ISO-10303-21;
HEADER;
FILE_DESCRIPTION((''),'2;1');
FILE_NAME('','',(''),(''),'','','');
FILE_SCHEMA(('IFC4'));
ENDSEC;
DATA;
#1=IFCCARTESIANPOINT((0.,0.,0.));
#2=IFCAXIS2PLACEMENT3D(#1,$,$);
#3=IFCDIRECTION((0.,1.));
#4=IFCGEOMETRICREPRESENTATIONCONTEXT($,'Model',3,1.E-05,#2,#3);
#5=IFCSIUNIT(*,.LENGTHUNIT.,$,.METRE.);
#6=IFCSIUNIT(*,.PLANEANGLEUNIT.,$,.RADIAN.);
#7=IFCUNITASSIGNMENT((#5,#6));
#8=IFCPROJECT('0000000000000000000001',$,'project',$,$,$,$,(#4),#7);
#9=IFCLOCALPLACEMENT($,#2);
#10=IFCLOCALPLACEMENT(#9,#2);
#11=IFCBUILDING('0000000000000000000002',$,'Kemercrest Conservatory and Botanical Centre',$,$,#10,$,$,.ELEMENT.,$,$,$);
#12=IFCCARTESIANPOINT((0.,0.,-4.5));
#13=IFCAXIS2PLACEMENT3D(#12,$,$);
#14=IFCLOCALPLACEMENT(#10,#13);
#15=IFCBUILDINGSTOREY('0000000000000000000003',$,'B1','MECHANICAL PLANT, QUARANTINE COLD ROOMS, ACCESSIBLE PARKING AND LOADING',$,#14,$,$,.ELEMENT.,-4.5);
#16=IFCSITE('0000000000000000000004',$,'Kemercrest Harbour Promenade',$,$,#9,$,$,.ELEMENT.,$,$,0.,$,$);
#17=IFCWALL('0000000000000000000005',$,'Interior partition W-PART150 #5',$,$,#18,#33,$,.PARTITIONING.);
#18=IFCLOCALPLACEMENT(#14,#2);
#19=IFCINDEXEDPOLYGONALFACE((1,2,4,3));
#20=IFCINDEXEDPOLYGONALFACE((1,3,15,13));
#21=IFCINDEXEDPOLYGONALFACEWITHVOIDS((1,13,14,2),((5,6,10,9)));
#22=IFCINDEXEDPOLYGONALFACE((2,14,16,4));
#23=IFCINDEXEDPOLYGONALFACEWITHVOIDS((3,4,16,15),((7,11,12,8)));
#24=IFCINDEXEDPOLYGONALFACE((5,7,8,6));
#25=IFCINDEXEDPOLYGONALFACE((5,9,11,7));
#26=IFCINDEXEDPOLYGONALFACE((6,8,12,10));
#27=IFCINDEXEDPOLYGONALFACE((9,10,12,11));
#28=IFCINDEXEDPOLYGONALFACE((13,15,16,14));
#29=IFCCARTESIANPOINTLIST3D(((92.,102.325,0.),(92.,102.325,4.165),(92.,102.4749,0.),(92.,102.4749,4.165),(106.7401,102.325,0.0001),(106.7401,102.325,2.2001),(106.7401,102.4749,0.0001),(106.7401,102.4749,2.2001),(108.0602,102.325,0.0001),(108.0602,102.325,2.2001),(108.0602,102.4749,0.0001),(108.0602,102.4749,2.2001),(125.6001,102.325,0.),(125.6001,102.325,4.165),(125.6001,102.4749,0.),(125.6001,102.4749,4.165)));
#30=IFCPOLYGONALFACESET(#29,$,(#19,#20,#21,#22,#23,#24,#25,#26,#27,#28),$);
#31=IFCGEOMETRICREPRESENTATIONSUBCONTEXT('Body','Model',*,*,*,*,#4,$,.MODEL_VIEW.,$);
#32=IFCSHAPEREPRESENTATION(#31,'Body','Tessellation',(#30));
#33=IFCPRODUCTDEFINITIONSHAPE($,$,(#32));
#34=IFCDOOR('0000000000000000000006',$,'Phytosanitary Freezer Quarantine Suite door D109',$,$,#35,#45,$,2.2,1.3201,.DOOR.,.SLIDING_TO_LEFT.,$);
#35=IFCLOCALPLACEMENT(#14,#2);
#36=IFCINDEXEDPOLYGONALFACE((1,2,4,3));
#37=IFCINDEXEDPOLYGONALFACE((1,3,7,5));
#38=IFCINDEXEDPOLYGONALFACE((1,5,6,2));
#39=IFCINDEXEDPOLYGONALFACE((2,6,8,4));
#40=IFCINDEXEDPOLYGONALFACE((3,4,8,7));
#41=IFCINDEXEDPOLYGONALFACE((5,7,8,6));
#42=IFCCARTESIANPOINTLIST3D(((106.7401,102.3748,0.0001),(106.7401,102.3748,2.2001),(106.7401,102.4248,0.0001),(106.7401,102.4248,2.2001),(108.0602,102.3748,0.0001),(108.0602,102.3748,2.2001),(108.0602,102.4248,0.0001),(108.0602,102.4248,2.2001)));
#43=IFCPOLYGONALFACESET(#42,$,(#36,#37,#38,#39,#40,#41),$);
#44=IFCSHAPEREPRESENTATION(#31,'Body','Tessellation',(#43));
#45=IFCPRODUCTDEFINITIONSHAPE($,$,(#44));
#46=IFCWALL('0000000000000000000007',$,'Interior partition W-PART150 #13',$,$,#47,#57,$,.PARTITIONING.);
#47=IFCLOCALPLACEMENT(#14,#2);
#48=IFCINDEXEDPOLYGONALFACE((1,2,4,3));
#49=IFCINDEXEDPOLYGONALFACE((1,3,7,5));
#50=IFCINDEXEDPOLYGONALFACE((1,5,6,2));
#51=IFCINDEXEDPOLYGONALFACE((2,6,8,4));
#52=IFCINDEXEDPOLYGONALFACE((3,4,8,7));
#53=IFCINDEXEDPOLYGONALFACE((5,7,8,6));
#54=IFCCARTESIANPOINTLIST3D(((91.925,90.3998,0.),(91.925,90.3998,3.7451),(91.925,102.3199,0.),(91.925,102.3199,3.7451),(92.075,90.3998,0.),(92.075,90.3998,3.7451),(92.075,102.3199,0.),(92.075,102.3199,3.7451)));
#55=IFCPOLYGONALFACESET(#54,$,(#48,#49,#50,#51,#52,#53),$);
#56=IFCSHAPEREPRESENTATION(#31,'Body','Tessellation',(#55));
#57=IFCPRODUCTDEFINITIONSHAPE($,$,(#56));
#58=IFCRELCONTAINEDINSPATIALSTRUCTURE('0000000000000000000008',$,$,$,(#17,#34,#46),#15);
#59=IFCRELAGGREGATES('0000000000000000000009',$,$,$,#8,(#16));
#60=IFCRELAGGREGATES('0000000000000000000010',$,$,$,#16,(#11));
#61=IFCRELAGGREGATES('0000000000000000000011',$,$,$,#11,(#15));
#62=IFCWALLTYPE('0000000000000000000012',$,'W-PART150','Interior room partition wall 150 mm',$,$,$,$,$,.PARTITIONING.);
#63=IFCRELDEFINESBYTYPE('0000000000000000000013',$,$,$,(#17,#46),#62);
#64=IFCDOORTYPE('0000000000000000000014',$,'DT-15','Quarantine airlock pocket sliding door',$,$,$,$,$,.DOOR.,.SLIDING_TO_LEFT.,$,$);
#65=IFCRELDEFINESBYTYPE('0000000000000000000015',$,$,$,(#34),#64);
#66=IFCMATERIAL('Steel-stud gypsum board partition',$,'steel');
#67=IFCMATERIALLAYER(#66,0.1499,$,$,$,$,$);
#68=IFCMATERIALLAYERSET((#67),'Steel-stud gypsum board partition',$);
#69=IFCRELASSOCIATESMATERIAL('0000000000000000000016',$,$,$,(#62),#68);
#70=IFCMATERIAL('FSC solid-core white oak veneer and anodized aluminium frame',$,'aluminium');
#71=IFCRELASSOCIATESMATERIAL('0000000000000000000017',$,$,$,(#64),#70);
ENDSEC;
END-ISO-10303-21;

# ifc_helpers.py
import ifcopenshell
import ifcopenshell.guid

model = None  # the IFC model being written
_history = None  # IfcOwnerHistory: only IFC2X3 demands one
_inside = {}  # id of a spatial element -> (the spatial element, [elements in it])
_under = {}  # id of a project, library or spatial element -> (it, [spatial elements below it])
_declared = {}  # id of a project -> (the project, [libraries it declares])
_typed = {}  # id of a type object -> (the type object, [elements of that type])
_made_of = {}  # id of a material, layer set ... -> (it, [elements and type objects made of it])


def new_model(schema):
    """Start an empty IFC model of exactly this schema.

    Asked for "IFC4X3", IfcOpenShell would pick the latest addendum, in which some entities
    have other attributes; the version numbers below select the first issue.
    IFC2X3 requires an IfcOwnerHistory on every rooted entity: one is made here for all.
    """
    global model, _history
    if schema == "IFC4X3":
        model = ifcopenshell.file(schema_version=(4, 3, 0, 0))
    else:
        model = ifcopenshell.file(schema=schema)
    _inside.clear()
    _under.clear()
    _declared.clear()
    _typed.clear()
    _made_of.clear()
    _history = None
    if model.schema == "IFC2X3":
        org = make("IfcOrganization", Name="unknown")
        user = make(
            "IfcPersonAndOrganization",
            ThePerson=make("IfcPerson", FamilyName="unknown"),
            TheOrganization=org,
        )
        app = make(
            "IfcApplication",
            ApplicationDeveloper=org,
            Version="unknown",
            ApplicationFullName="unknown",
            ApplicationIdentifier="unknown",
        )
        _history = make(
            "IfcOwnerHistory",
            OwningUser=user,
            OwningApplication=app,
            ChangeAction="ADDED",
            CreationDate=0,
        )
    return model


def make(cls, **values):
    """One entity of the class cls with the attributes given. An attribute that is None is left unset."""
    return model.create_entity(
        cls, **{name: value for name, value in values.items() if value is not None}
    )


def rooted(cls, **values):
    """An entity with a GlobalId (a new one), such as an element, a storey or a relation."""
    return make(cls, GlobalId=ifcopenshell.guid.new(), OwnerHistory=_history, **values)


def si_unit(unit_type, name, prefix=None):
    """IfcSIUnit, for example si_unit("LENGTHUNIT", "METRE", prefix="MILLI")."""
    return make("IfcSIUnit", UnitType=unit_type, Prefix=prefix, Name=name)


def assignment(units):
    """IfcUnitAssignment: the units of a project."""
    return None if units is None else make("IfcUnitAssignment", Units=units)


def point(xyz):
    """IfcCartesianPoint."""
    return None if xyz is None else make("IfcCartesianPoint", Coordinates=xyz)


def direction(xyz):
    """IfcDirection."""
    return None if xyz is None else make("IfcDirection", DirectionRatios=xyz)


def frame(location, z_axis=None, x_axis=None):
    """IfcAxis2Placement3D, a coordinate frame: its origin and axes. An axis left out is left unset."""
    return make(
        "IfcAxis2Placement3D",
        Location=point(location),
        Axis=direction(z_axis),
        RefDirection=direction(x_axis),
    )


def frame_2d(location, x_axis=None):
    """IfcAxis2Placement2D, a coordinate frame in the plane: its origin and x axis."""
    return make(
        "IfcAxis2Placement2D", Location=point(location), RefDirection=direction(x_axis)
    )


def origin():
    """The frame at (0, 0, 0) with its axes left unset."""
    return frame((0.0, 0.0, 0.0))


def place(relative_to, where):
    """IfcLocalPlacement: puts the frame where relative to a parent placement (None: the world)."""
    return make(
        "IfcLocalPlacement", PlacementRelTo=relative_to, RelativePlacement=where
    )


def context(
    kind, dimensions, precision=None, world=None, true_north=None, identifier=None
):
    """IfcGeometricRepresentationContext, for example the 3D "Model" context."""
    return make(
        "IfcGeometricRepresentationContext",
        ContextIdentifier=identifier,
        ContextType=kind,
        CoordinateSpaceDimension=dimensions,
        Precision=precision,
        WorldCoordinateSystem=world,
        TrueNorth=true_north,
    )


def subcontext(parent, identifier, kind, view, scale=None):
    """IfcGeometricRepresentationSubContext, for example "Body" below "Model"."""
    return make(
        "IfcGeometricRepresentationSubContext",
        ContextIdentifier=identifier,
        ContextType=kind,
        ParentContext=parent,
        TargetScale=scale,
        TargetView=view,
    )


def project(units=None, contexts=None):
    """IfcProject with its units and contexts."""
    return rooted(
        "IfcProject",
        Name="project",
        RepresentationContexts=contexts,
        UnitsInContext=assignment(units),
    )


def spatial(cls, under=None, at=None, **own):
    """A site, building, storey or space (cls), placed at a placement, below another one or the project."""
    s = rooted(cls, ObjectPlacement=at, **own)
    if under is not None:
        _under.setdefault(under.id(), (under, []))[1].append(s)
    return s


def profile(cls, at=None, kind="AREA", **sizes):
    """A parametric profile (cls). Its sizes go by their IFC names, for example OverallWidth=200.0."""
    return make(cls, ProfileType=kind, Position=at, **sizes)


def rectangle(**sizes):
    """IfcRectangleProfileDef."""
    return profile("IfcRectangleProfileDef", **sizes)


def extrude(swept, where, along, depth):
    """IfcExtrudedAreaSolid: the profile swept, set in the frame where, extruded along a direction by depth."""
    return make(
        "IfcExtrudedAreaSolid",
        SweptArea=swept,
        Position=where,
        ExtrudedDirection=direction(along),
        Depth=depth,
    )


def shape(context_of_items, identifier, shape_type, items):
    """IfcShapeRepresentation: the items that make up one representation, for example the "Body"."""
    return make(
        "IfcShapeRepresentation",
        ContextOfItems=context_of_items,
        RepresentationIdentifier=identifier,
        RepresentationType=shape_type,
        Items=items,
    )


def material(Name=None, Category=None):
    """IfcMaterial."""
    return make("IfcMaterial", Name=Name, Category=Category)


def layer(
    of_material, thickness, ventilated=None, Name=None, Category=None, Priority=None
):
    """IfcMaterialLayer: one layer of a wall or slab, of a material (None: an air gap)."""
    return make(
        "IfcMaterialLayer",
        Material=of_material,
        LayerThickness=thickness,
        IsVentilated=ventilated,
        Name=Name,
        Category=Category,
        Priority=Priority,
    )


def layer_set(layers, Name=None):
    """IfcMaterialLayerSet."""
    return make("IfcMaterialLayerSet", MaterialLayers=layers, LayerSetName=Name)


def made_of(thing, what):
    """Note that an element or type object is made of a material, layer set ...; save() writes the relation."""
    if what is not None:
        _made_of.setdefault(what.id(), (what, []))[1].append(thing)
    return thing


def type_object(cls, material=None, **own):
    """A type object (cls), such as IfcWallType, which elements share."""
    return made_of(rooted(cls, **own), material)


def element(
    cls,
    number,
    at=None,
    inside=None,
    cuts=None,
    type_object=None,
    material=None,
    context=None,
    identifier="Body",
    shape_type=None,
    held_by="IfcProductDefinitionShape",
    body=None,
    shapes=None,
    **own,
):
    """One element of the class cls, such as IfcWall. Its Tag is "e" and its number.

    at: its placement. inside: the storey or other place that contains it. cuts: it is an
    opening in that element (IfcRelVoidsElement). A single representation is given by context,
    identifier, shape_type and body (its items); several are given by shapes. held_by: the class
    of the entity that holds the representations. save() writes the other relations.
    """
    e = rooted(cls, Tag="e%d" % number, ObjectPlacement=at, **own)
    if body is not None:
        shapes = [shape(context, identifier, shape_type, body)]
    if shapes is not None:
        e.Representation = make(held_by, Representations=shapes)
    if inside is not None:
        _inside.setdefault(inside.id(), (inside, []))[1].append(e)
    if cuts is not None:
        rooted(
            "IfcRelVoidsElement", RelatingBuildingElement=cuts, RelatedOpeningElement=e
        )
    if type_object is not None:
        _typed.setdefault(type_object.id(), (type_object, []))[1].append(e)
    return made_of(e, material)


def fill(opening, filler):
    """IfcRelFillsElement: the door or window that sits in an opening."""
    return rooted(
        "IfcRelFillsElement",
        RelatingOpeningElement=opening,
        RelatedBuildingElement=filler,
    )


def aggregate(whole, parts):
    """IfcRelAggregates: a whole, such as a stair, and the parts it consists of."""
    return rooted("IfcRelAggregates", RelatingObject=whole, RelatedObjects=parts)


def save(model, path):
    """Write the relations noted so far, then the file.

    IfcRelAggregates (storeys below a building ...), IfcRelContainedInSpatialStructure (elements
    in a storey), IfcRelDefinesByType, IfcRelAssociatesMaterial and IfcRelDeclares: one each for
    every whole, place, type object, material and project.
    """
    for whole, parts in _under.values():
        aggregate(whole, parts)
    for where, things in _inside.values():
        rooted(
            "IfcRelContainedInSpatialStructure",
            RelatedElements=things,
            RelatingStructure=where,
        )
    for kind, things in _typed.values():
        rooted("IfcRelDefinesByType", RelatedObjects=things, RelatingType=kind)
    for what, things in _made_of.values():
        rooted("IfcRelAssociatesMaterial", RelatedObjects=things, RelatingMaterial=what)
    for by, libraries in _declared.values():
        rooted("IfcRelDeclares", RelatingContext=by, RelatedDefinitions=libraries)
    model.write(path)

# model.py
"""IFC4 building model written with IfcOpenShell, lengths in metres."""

from ifc_helpers import new_model, si_unit, direction, frame, frame_2d, origin, place, context, subcontext, project, spatial, rectangle, extrude, material, layer, layer_set, type_object, element, fill, save


model = new_model("IFC4")

# Units and contexts
model_context = context("Model", 3, precision=1e-05, world=origin(), true_north=direction((0.0, 1.0)))
body_context = subcontext(model_context, "Body", "Model", "MODEL_VIEW")
ifc_project = project(units=[si_unit("LENGTHUNIT", "METRE"), si_unit("PLANEANGLEUNIT", "RADIAN")], contexts=[model_context])

# Site, building, storey
site_placement = place(None, origin())
site = spatial("IfcSite", under=ifc_project, at=site_placement, Name="Kemercrest Harbour Promenade", CompositionType="ELEMENT", RefElevation=0.0)
building_placement = place(site_placement, origin())
building = spatial("IfcBuilding", under=site, at=building_placement, Name="Kemercrest Conservatory and Botanical Centre", CompositionType="ELEMENT")
storey_placement = place(building_placement, frame((0.0, 0.0, -4.5)))
storey = spatial("IfcBuildingStorey", under=building, at=storey_placement, Name="B1", Description="MECHANICAL PLANT, QUARANTINE COLD ROOMS, ACCESSIBLE PARKING AND LOADING", CompositionType="ELEMENT", Elevation=-4.5)

# Wall, opening, door
ifc_material_1 = material(Name="Steel-stud gypsum board partition", Category="steel")
ifc_layer = layer(ifc_material_1, 0.1499)
ifc_layer_set = layer_set([ifc_layer], Name="Steel-stud gypsum board partition")
wall_type = type_object("IfcWallType", Name="W-PART150", Description="Interior room partition wall 150 mm", PredefinedType="PARTITIONING", material=ifc_layer_set)
wall_1_placement = place(storey_placement, frame((92.0, 102.3999, 0.0), z_axis=(0.0, 0.0, 1.0), x_axis=(1.0, 0.0, 0.0)))
wall_1 = element("IfcWall", 1, at=wall_1_placement, inside=storey, type_object=wall_type, Name="Interior partition W-PART150 #5", PredefinedType="PARTITIONING", context=body_context, shape_type="SweptSolid", body=[
    extrude(rectangle(XDim=33.6001, YDim=0.1499, at=frame_2d((16.8, 0.0))), origin(), (0.0, 0.0, 1.0), 4.165),
])
opening_placement = place(wall_1_placement, frame((14.74, 0.0, 0.0)))
opening = element("IfcOpeningElement", 2, at=opening_placement, cuts=wall_1, PredefinedType="OPENING", context=body_context, shape_type="SweptSolid", body=[
    extrude(rectangle(XDim=1.3201, YDim=2.2, at=frame_2d((0.6602, 1.1001))), frame((0.0, 0.085, 0.0), z_axis=(0.0, -1.0, 0.0), x_axis=(1.0, 0.0, 0.0)), (0.0, 0.0, 1.0), 0.1699),
])
ifc_material_2 = material(Name="FSC solid-core white oak veneer and anodized aluminium frame", Category="aluminium")
door_type = type_object("IfcDoorType", Name="DT-15", Description="Quarantine airlock pocket sliding door", OperationType="SLIDING_TO_LEFT", PredefinedType="DOOR", material=ifc_material_2)
door_placement = place(opening_placement, origin())
door = element("IfcDoor", 3, at=door_placement, inside=storey, type_object=door_type, Name="Phytosanitary Freezer Quarantine Suite door D109", OperationType="SLIDING_TO_LEFT", OverallHeight=2.2, OverallWidth=1.3201, PredefinedType="DOOR", context=body_context, shape_type="SweptSolid", body=[
    extrude(rectangle(XDim=1.3201, YDim=2.2, at=frame_2d((0.6602, 1.1001))), frame((0.0, 0.0249, 0.0), z_axis=(0.0, -1.0, 0.0), x_axis=(1.0, 0.0, 0.0)), (0.0, 0.0, 1.0), 0.05),
])
fill(opening, door)

# Wall
wall_2_placement = place(storey_placement, frame((92.0, 90.3999, 0.0), z_axis=(0.0, 0.0, 1.0), x_axis=(0.0, 1.0, 0.0)))
element("IfcWall", 4, at=wall_2_placement, inside=storey, type_object=wall_type, Name="Interior partition W-PART150 #13", PredefinedType="PARTITIONING", context=body_context, shape_type="SweptSolid", body=[
    extrude(rectangle(XDim=11.9202, YDim=0.1499, at=frame_2d((5.96, 0.0))), origin(), (0.0, 0.0, 1.0), 3.7451),
])

save(model, "model.ifc")
